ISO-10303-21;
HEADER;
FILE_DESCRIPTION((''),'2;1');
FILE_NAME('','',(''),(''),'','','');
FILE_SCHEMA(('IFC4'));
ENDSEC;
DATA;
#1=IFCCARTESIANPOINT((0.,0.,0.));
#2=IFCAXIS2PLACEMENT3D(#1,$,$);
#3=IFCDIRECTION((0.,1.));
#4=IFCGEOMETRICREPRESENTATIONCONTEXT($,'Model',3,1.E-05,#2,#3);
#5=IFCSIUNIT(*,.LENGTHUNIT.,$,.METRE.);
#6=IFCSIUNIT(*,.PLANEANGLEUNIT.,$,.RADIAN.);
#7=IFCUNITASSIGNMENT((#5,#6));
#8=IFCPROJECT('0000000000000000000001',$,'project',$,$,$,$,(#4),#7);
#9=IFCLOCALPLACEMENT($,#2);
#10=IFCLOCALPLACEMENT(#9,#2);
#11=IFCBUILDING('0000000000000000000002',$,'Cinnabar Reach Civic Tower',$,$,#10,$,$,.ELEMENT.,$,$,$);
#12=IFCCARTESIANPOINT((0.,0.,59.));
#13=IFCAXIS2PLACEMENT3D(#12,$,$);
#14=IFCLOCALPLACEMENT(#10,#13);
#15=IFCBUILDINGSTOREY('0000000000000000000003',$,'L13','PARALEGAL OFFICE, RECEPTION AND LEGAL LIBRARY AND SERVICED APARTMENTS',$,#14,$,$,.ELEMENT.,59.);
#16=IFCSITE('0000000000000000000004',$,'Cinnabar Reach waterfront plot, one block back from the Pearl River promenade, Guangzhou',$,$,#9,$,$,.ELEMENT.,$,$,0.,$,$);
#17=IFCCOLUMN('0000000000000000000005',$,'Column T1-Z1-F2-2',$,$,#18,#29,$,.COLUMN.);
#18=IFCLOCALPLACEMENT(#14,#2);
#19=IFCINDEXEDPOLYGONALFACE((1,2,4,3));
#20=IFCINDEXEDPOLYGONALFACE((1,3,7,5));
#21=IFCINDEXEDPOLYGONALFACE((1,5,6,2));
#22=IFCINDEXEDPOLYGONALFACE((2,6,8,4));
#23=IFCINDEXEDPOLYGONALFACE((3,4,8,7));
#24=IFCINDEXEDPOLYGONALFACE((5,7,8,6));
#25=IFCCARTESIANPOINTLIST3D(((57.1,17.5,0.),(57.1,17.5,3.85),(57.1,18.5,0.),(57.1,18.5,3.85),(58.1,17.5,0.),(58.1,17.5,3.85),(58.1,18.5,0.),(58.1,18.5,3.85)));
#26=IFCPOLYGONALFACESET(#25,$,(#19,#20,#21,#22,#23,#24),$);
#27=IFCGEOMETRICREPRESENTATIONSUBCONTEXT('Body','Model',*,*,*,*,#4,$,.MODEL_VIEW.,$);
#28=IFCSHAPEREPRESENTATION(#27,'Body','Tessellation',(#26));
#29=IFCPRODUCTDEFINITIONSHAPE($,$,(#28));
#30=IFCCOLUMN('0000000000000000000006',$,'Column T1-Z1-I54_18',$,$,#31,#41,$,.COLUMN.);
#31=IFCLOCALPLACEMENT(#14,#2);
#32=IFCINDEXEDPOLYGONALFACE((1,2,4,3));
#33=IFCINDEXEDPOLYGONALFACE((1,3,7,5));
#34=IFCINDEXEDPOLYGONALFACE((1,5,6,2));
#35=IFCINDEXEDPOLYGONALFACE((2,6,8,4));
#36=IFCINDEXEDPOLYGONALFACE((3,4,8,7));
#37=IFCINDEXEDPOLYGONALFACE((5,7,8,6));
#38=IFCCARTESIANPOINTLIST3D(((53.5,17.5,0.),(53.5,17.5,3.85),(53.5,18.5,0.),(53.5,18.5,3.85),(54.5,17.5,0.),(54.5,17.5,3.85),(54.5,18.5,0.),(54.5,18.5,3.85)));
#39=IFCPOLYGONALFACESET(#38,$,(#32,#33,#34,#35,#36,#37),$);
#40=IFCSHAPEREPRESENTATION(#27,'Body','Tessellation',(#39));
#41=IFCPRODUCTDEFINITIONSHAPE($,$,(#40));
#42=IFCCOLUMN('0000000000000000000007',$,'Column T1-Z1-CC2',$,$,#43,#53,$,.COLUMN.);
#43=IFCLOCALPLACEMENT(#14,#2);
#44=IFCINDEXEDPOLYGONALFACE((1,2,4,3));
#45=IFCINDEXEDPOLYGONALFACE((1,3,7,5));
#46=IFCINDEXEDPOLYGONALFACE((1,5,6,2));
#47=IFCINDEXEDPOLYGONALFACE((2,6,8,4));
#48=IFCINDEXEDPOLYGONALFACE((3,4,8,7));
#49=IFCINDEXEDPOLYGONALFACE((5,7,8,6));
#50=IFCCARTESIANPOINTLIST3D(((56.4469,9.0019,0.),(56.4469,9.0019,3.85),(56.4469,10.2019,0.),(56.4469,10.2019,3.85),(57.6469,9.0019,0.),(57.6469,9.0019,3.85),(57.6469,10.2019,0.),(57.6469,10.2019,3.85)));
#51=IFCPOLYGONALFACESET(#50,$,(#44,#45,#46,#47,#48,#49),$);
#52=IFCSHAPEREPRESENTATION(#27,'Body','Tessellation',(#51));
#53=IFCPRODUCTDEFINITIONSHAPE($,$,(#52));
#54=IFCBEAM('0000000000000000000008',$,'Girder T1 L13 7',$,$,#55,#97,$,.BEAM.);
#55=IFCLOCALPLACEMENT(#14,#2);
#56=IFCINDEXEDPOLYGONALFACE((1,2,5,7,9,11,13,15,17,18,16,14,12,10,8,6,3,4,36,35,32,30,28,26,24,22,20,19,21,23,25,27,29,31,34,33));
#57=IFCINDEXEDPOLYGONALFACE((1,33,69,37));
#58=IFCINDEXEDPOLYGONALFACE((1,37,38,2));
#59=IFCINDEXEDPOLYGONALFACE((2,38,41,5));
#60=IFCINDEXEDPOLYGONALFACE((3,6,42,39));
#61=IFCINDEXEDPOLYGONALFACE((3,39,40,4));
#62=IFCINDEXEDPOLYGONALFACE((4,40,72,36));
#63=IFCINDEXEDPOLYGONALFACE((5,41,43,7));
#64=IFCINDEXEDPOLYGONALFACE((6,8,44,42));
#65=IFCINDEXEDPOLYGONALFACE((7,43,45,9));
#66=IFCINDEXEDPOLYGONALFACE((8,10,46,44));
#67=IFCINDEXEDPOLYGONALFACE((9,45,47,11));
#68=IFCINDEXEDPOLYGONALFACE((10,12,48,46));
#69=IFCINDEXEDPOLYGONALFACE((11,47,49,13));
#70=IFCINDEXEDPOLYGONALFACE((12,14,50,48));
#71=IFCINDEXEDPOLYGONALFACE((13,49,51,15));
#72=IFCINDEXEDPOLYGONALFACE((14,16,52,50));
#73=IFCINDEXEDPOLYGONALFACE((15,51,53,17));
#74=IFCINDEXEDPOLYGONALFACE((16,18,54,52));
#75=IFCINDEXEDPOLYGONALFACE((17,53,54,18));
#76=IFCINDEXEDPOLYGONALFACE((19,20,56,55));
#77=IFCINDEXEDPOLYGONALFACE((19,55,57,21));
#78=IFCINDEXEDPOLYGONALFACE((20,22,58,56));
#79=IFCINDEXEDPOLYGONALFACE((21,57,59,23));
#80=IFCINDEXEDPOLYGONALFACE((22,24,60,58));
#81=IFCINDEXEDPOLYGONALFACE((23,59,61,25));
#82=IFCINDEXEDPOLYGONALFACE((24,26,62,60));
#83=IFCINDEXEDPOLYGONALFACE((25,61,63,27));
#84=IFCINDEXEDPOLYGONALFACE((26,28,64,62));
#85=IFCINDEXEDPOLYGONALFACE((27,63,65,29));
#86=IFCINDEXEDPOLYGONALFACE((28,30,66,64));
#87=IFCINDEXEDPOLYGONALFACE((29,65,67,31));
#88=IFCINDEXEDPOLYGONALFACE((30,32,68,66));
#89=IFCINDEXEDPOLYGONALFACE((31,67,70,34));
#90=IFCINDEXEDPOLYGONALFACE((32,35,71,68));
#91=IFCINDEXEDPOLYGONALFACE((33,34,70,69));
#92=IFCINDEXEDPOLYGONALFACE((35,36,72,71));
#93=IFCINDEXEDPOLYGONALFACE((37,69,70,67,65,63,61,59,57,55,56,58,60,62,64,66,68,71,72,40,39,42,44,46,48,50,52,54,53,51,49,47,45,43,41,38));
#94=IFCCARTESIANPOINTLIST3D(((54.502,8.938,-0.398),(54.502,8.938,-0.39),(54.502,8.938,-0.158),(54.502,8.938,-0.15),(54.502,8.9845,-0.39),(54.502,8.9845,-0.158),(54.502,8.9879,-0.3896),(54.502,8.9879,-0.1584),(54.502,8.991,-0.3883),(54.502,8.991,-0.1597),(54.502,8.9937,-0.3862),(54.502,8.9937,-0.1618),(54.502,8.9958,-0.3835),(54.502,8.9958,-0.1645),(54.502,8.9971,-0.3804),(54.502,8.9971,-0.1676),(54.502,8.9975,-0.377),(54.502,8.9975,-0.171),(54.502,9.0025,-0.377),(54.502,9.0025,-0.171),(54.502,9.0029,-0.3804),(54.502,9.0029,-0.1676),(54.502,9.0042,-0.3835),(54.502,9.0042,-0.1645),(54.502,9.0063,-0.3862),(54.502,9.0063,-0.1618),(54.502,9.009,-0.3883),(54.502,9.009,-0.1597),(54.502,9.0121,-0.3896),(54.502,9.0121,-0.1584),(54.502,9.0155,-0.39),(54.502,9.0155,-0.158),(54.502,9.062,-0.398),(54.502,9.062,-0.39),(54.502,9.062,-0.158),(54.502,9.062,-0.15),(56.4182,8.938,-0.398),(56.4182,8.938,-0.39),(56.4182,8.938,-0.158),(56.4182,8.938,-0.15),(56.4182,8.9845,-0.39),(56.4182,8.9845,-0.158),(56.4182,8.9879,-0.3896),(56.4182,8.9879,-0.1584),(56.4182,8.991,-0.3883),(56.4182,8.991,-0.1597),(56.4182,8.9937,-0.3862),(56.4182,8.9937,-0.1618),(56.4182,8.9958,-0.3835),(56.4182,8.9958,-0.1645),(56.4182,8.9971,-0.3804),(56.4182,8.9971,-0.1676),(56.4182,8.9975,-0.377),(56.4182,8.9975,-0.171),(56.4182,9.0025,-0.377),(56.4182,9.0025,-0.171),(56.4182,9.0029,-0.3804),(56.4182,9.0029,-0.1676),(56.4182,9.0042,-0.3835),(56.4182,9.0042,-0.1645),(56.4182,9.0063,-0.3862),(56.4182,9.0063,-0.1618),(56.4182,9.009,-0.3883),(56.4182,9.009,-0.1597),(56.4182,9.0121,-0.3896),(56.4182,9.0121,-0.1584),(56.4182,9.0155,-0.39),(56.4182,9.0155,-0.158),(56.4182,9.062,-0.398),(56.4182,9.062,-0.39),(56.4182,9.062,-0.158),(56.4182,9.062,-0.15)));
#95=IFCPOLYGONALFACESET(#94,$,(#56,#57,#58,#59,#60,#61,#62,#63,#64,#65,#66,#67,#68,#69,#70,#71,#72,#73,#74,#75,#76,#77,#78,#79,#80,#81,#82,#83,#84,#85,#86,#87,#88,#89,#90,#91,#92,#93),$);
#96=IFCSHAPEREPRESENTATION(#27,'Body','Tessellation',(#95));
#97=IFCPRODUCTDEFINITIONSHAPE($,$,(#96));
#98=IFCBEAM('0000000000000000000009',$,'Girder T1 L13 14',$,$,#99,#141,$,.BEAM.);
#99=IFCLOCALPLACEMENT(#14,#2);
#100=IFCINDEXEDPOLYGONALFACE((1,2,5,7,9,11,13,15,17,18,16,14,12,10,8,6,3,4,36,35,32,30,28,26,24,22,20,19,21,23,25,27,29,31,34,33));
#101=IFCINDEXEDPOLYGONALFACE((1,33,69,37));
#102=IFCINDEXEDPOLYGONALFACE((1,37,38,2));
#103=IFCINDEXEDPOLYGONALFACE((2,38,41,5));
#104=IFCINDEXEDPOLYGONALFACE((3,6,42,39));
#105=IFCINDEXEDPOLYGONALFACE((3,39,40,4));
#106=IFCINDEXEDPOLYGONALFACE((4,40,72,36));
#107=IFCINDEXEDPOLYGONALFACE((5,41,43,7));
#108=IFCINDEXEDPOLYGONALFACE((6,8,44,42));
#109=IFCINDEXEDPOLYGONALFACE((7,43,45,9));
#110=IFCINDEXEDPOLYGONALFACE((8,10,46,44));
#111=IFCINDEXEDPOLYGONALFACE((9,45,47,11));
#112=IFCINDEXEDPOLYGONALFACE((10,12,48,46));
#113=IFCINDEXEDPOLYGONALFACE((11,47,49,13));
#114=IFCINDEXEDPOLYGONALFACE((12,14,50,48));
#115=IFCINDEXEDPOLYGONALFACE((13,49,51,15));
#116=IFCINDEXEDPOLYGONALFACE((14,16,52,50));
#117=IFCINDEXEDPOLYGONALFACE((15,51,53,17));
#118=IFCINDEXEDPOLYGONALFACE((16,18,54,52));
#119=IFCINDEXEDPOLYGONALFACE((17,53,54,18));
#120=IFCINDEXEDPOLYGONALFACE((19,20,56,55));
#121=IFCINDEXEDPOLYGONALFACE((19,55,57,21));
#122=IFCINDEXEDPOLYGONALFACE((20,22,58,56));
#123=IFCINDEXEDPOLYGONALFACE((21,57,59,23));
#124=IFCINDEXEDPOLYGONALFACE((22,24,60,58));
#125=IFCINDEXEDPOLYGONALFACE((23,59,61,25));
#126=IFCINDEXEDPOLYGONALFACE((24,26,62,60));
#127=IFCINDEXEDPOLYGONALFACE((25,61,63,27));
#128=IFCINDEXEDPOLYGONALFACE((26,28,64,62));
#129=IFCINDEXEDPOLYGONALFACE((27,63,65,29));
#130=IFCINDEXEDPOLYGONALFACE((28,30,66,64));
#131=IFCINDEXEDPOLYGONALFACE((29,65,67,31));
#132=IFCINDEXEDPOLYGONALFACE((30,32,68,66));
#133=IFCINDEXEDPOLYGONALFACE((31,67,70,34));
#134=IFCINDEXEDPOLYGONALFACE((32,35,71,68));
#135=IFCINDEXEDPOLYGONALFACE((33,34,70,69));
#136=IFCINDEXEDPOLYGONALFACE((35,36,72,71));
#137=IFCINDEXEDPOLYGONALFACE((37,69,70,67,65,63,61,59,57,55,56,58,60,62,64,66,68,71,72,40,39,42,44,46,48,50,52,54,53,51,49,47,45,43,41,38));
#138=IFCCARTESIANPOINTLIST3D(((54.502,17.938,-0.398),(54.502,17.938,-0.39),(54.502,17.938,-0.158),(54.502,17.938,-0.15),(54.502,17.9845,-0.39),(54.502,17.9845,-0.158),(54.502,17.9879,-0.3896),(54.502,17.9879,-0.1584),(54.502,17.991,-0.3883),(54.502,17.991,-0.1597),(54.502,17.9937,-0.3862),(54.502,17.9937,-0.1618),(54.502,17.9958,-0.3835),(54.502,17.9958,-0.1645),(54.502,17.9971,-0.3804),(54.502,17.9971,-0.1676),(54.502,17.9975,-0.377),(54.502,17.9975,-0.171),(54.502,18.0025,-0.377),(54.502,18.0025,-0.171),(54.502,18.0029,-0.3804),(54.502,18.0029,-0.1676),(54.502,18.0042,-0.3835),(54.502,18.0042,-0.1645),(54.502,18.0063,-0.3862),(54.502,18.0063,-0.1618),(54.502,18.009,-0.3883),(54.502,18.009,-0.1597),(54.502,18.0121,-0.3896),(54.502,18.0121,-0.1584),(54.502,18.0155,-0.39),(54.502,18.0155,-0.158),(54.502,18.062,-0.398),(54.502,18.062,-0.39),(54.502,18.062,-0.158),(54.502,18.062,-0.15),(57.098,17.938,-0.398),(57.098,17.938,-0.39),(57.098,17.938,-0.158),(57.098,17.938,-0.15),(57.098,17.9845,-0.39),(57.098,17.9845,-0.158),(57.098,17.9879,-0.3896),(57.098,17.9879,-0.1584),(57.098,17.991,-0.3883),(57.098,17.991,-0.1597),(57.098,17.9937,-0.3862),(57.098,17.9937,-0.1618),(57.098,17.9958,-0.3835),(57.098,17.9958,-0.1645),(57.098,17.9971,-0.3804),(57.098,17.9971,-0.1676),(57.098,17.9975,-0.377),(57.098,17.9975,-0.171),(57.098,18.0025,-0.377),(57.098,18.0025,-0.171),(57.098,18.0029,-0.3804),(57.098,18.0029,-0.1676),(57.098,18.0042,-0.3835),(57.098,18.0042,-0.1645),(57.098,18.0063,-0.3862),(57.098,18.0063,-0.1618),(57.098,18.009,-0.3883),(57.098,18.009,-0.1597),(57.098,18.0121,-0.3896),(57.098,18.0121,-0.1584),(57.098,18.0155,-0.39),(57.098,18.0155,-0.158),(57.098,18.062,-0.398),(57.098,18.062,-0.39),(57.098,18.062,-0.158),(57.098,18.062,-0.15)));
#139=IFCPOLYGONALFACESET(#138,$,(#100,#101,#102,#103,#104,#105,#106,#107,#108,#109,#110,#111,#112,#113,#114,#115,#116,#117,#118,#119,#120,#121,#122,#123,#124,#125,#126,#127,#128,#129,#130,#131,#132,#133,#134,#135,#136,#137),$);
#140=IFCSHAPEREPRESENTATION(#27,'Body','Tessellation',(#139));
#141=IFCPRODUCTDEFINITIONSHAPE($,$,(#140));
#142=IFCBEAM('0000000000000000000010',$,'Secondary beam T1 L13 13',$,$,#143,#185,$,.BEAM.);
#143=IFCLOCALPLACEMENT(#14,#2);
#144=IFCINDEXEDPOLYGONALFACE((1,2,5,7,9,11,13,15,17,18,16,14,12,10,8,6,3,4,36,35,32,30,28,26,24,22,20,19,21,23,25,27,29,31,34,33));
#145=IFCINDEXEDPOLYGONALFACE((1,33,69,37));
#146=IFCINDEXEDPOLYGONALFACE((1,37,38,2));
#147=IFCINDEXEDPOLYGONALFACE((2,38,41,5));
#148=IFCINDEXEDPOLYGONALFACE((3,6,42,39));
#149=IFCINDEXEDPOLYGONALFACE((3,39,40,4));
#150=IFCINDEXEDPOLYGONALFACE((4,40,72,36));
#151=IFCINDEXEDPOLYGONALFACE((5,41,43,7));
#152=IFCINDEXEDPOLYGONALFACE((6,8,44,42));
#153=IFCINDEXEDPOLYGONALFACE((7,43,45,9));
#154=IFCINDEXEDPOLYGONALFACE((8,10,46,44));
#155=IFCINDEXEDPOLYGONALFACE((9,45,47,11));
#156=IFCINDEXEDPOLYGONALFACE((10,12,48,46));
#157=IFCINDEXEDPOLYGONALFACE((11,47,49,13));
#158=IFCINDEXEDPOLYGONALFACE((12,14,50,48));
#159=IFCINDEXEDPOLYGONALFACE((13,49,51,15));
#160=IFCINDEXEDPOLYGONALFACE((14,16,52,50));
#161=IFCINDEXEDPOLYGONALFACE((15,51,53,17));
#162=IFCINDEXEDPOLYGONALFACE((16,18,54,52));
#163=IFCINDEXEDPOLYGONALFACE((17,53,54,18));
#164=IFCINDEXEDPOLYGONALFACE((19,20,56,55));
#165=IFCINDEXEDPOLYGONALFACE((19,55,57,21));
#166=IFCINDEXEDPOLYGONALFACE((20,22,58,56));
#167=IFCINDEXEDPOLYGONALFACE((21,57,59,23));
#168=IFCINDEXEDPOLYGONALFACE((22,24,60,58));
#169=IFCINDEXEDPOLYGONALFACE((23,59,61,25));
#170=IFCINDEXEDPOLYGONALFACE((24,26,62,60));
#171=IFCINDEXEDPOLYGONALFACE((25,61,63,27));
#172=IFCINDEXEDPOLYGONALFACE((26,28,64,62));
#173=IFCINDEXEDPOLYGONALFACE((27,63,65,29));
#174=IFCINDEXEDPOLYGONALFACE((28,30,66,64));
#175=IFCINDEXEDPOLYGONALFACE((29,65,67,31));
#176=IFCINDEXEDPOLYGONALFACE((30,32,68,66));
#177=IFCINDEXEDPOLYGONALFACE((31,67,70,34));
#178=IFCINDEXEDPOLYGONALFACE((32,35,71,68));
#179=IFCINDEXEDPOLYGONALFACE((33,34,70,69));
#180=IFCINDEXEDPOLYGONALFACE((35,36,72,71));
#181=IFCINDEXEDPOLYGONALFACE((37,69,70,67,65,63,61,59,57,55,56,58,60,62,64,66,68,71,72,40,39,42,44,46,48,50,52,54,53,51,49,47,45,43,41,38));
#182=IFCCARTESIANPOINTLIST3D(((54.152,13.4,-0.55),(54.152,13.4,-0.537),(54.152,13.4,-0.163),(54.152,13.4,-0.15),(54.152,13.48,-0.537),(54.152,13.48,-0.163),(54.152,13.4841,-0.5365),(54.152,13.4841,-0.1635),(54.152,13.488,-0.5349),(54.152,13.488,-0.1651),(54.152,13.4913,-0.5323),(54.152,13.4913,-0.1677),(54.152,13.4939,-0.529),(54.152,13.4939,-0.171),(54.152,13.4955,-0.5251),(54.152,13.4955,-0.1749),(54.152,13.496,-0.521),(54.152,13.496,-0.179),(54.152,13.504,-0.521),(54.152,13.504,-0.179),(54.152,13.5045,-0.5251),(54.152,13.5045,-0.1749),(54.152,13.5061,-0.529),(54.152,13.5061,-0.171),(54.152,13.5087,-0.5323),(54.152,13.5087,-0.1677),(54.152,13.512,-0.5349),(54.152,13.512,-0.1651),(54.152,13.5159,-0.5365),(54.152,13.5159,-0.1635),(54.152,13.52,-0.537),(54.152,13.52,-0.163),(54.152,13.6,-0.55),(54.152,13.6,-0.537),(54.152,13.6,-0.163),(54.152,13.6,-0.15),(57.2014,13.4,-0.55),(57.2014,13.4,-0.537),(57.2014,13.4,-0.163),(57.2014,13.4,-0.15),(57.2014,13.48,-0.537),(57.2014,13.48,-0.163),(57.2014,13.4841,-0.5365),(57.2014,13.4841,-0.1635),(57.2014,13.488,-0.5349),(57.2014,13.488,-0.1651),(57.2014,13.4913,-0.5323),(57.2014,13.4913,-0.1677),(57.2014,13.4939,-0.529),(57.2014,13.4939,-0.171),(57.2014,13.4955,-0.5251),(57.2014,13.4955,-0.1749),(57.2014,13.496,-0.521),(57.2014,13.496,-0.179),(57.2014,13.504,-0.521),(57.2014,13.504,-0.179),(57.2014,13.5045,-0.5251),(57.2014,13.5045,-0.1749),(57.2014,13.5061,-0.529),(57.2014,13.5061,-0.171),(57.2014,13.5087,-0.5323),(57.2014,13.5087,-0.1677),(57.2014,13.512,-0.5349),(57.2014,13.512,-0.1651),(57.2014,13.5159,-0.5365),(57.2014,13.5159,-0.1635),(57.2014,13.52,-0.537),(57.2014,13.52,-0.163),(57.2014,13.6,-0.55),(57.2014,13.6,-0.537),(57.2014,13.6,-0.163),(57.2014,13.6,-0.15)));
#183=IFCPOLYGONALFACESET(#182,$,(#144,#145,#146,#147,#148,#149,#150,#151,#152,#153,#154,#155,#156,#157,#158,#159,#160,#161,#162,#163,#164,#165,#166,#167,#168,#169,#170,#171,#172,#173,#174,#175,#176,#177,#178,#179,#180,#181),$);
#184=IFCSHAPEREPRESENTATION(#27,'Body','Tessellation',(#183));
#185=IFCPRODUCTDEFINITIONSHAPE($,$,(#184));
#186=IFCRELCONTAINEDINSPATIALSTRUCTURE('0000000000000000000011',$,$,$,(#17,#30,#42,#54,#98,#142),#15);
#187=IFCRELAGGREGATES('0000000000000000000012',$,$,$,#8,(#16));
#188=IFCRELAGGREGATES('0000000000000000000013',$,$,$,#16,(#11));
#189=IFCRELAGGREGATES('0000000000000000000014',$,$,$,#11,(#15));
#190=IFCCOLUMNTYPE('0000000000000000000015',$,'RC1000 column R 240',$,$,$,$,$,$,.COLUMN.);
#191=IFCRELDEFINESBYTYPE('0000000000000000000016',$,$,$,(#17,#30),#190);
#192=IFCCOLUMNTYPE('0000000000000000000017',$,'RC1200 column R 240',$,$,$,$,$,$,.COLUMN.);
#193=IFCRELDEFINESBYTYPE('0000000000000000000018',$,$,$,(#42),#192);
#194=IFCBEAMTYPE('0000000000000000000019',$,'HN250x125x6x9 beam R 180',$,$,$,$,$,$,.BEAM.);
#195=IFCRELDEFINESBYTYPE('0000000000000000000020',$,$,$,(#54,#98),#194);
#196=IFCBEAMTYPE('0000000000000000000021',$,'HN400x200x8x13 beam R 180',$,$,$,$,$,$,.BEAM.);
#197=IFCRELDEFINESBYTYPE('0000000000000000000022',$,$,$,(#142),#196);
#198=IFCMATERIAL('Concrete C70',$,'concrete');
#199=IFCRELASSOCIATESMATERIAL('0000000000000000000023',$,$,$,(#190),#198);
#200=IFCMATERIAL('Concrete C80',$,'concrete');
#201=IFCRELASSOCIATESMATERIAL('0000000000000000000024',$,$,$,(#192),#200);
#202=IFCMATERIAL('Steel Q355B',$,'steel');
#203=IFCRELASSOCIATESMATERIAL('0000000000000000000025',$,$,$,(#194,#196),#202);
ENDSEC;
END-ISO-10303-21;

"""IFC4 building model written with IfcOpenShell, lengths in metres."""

from ifc_helpers import new_model, si_unit, direction, frame, origin, origin_2d, place, context, subcontext, project, spatial, rectangle, i_section, extrude, material, material_profile, profile_set, type_object, element, save


model = new_model("IFC4")

# Units and contexts
model_context = context("Model", 3, precision=1e-05, world=origin(), true_north=direction((0.0, 1.0)))
body_context = subcontext(model_context, "Body", "Model", "MODEL_VIEW")
ifc_project = project(units=[si_unit("LENGTHUNIT", "METRE"), si_unit("PLANEANGLEUNIT", "RADIAN")], contexts=[model_context])

# Site, building, storey
site_placement = place(None, origin())
site = spatial("IfcSite", under=ifc_project, at=site_placement, Name="Cinnabar Reach waterfront plot, one block back from the Pearl River promenade, Guangzhou", CompositionType="ELEMENT", RefElevation=0.0)
building_placement = place(site_placement, origin())
building = spatial("IfcBuilding", under=site, at=building_placement, Name="Cinnabar Reach Civic Tower", CompositionType="ELEMENT")
storey_placement = place(building_placement, frame((0.0, 0.0, 59.0)))
storey = spatial("IfcBuildingStorey", under=building, at=storey_placement, Name="L13", Description="PARALEGAL OFFICE, RECEPTION AND LEGAL LIBRARY AND SERVICED APARTMENTS", CompositionType="ELEMENT", Elevation=59.0)

# Columns
ifc_material_1 = material(Name="Concrete C70", Category="concrete")
ifc_material_profile_1 = material_profile(ifc_material_1, rectangle(XDim=1.0, YDim=1.0, at=origin_2d()), Name="RC1000")
ifc_profile_set_1 = profile_set([ifc_material_profile_1], Name="Concrete C70")
column_type_1 = type_object("IfcColumnType", Name="RC1000 column R 240", PredefinedType="COLUMN", material=ifc_profile_set_1)
for number, where, z_axis, x_axis, name in (
    (1, (57.6, 18.0, 0.0), (0.0, 0.0, 1.0), (1.0, 0.0, 0.0), "Column T1-Z1-F2-2"),
    (2, (54.0, 18.0, 0.0), (0.0, 0.0, 1.0), (1.0, 0.0, 0.0), "Column T1-Z1-I54_18"),
):
    element("IfcColumn", number, at=place(storey_placement, frame(where, z_axis=z_axis, x_axis=x_axis)), inside=storey, type_object=column_type_1, Name=name, PredefinedType="COLUMN", context=body_context, shape_type="SweptSolid", body=[
        extrude(rectangle(XDim=1.0, YDim=1.0, at=origin_2d()), origin(), (0.0, 0.0, 1.0), 3.85),
    ])
ifc_material_2 = material(Name="Concrete C80", Category="concrete")
ifc_material_profile_2 = material_profile(ifc_material_2, rectangle(XDim=1.2, YDim=1.2, at=origin_2d()), Name="RC1200")
ifc_profile_set_2 = profile_set([ifc_material_profile_2], Name="Concrete C80")
column_type_2 = type_object("IfcColumnType", Name="RC1200 column R 240", PredefinedType="COLUMN", material=ifc_profile_set_2)
column_placement = place(storey_placement, frame((57.0469, 9.6019, 0.0), z_axis=(0.0, 0.0, 1.0), x_axis=(1.0, 0.0, 0.0)))
element("IfcColumn", 3, at=column_placement, inside=storey, type_object=column_type_2, Name="Column T1-Z1-CC2", PredefinedType="COLUMN", context=body_context, shape_type="SweptSolid", body=[
    extrude(rectangle(XDim=1.2, YDim=1.2, at=origin_2d()), origin(), (0.0, 0.0, 1.0), 3.85),
])

# Beams
ifc_material_3 = material(Name="Steel Q355B", Category="steel")
ifc_material_profile_3 = material_profile(ifc_material_3, i_section(OverallWidth=0.124, OverallDepth=0.248, WebThickness=0.005, FlangeThickness=0.008, FilletRadius=0.013, at=origin_2d()), Name="HN250x125x6x9")
ifc_profile_set_3 = profile_set([ifc_material_profile_3], Name="Steel Q355B")
beam_type_1 = type_object("IfcBeamType", Name="HN250x125x6x9 beam R 180", PredefinedType="BEAM", material=ifc_profile_set_3)
beam_1_placement = place(storey_placement, frame((54.502, 9.0, -0.274), z_axis=(1.0, 0.0, 0.0), x_axis=(0.0, 1.0, 0.0)))
element("IfcBeam", 4, at=beam_1_placement, inside=storey, type_object=beam_type_1, Name="Girder T1 L13 7", PredefinedType="BEAM", context=body_context, shape_type="SweptSolid", body=[
    extrude(i_section(OverallWidth=0.124, OverallDepth=0.248, WebThickness=0.005, FlangeThickness=0.008, FilletRadius=0.013, at=origin_2d()), origin(), (0.0, 0.0, 1.0), 1.9162),
])
beam_2_placement = place(storey_placement, frame((54.502, 18.0, -0.274), z_axis=(1.0, 0.0, 0.0), x_axis=(0.0, 1.0, 0.0)))
element("IfcBeam", 5, at=beam_2_placement, inside=storey, type_object=beam_type_1, Name="Girder T1 L13 14", PredefinedType="BEAM", context=body_context, shape_type="SweptSolid", body=[
    extrude(i_section(OverallWidth=0.124, OverallDepth=0.248, WebThickness=0.005, FlangeThickness=0.008, FilletRadius=0.013, at=origin_2d()), origin(), (0.0, 0.0, 1.0), 2.596),
])
ifc_material_profile_4 = material_profile(ifc_material_3, i_section(OverallWidth=0.2, OverallDepth=0.4, WebThickness=0.008, FlangeThickness=0.013, FilletRadius=0.016, at=origin_2d()), Name="HN400x200x8x13")
ifc_profile_set_4 = profile_set([ifc_material_profile_4], Name="Steel Q355B")
beam_type_2 = type_object("IfcBeamType", Name="HN400x200x8x13 beam R 180", PredefinedType="BEAM", material=ifc_profile_set_4)
beam_3_placement = place(storey_placement, frame((54.152, 13.5, -0.35), z_axis=(1.0, 0.0, 0.0), x_axis=(0.0, 1.0, 0.0)))
element("IfcBeam", 6, at=beam_3_placement, inside=storey, type_object=beam_type_2, Name="Secondary beam T1 L13 13", PredefinedType="BEAM", context=body_context, shape_type="SweptSolid", body=[
    extrude(i_section(OverallWidth=0.2, OverallDepth=0.4, WebThickness=0.008, FlangeThickness=0.013, FilletRadius=0.016, at=origin_2d()), origin(), (0.0, 0.0, 1.0), 3.0494),
])

save(model, "model.ifc")
